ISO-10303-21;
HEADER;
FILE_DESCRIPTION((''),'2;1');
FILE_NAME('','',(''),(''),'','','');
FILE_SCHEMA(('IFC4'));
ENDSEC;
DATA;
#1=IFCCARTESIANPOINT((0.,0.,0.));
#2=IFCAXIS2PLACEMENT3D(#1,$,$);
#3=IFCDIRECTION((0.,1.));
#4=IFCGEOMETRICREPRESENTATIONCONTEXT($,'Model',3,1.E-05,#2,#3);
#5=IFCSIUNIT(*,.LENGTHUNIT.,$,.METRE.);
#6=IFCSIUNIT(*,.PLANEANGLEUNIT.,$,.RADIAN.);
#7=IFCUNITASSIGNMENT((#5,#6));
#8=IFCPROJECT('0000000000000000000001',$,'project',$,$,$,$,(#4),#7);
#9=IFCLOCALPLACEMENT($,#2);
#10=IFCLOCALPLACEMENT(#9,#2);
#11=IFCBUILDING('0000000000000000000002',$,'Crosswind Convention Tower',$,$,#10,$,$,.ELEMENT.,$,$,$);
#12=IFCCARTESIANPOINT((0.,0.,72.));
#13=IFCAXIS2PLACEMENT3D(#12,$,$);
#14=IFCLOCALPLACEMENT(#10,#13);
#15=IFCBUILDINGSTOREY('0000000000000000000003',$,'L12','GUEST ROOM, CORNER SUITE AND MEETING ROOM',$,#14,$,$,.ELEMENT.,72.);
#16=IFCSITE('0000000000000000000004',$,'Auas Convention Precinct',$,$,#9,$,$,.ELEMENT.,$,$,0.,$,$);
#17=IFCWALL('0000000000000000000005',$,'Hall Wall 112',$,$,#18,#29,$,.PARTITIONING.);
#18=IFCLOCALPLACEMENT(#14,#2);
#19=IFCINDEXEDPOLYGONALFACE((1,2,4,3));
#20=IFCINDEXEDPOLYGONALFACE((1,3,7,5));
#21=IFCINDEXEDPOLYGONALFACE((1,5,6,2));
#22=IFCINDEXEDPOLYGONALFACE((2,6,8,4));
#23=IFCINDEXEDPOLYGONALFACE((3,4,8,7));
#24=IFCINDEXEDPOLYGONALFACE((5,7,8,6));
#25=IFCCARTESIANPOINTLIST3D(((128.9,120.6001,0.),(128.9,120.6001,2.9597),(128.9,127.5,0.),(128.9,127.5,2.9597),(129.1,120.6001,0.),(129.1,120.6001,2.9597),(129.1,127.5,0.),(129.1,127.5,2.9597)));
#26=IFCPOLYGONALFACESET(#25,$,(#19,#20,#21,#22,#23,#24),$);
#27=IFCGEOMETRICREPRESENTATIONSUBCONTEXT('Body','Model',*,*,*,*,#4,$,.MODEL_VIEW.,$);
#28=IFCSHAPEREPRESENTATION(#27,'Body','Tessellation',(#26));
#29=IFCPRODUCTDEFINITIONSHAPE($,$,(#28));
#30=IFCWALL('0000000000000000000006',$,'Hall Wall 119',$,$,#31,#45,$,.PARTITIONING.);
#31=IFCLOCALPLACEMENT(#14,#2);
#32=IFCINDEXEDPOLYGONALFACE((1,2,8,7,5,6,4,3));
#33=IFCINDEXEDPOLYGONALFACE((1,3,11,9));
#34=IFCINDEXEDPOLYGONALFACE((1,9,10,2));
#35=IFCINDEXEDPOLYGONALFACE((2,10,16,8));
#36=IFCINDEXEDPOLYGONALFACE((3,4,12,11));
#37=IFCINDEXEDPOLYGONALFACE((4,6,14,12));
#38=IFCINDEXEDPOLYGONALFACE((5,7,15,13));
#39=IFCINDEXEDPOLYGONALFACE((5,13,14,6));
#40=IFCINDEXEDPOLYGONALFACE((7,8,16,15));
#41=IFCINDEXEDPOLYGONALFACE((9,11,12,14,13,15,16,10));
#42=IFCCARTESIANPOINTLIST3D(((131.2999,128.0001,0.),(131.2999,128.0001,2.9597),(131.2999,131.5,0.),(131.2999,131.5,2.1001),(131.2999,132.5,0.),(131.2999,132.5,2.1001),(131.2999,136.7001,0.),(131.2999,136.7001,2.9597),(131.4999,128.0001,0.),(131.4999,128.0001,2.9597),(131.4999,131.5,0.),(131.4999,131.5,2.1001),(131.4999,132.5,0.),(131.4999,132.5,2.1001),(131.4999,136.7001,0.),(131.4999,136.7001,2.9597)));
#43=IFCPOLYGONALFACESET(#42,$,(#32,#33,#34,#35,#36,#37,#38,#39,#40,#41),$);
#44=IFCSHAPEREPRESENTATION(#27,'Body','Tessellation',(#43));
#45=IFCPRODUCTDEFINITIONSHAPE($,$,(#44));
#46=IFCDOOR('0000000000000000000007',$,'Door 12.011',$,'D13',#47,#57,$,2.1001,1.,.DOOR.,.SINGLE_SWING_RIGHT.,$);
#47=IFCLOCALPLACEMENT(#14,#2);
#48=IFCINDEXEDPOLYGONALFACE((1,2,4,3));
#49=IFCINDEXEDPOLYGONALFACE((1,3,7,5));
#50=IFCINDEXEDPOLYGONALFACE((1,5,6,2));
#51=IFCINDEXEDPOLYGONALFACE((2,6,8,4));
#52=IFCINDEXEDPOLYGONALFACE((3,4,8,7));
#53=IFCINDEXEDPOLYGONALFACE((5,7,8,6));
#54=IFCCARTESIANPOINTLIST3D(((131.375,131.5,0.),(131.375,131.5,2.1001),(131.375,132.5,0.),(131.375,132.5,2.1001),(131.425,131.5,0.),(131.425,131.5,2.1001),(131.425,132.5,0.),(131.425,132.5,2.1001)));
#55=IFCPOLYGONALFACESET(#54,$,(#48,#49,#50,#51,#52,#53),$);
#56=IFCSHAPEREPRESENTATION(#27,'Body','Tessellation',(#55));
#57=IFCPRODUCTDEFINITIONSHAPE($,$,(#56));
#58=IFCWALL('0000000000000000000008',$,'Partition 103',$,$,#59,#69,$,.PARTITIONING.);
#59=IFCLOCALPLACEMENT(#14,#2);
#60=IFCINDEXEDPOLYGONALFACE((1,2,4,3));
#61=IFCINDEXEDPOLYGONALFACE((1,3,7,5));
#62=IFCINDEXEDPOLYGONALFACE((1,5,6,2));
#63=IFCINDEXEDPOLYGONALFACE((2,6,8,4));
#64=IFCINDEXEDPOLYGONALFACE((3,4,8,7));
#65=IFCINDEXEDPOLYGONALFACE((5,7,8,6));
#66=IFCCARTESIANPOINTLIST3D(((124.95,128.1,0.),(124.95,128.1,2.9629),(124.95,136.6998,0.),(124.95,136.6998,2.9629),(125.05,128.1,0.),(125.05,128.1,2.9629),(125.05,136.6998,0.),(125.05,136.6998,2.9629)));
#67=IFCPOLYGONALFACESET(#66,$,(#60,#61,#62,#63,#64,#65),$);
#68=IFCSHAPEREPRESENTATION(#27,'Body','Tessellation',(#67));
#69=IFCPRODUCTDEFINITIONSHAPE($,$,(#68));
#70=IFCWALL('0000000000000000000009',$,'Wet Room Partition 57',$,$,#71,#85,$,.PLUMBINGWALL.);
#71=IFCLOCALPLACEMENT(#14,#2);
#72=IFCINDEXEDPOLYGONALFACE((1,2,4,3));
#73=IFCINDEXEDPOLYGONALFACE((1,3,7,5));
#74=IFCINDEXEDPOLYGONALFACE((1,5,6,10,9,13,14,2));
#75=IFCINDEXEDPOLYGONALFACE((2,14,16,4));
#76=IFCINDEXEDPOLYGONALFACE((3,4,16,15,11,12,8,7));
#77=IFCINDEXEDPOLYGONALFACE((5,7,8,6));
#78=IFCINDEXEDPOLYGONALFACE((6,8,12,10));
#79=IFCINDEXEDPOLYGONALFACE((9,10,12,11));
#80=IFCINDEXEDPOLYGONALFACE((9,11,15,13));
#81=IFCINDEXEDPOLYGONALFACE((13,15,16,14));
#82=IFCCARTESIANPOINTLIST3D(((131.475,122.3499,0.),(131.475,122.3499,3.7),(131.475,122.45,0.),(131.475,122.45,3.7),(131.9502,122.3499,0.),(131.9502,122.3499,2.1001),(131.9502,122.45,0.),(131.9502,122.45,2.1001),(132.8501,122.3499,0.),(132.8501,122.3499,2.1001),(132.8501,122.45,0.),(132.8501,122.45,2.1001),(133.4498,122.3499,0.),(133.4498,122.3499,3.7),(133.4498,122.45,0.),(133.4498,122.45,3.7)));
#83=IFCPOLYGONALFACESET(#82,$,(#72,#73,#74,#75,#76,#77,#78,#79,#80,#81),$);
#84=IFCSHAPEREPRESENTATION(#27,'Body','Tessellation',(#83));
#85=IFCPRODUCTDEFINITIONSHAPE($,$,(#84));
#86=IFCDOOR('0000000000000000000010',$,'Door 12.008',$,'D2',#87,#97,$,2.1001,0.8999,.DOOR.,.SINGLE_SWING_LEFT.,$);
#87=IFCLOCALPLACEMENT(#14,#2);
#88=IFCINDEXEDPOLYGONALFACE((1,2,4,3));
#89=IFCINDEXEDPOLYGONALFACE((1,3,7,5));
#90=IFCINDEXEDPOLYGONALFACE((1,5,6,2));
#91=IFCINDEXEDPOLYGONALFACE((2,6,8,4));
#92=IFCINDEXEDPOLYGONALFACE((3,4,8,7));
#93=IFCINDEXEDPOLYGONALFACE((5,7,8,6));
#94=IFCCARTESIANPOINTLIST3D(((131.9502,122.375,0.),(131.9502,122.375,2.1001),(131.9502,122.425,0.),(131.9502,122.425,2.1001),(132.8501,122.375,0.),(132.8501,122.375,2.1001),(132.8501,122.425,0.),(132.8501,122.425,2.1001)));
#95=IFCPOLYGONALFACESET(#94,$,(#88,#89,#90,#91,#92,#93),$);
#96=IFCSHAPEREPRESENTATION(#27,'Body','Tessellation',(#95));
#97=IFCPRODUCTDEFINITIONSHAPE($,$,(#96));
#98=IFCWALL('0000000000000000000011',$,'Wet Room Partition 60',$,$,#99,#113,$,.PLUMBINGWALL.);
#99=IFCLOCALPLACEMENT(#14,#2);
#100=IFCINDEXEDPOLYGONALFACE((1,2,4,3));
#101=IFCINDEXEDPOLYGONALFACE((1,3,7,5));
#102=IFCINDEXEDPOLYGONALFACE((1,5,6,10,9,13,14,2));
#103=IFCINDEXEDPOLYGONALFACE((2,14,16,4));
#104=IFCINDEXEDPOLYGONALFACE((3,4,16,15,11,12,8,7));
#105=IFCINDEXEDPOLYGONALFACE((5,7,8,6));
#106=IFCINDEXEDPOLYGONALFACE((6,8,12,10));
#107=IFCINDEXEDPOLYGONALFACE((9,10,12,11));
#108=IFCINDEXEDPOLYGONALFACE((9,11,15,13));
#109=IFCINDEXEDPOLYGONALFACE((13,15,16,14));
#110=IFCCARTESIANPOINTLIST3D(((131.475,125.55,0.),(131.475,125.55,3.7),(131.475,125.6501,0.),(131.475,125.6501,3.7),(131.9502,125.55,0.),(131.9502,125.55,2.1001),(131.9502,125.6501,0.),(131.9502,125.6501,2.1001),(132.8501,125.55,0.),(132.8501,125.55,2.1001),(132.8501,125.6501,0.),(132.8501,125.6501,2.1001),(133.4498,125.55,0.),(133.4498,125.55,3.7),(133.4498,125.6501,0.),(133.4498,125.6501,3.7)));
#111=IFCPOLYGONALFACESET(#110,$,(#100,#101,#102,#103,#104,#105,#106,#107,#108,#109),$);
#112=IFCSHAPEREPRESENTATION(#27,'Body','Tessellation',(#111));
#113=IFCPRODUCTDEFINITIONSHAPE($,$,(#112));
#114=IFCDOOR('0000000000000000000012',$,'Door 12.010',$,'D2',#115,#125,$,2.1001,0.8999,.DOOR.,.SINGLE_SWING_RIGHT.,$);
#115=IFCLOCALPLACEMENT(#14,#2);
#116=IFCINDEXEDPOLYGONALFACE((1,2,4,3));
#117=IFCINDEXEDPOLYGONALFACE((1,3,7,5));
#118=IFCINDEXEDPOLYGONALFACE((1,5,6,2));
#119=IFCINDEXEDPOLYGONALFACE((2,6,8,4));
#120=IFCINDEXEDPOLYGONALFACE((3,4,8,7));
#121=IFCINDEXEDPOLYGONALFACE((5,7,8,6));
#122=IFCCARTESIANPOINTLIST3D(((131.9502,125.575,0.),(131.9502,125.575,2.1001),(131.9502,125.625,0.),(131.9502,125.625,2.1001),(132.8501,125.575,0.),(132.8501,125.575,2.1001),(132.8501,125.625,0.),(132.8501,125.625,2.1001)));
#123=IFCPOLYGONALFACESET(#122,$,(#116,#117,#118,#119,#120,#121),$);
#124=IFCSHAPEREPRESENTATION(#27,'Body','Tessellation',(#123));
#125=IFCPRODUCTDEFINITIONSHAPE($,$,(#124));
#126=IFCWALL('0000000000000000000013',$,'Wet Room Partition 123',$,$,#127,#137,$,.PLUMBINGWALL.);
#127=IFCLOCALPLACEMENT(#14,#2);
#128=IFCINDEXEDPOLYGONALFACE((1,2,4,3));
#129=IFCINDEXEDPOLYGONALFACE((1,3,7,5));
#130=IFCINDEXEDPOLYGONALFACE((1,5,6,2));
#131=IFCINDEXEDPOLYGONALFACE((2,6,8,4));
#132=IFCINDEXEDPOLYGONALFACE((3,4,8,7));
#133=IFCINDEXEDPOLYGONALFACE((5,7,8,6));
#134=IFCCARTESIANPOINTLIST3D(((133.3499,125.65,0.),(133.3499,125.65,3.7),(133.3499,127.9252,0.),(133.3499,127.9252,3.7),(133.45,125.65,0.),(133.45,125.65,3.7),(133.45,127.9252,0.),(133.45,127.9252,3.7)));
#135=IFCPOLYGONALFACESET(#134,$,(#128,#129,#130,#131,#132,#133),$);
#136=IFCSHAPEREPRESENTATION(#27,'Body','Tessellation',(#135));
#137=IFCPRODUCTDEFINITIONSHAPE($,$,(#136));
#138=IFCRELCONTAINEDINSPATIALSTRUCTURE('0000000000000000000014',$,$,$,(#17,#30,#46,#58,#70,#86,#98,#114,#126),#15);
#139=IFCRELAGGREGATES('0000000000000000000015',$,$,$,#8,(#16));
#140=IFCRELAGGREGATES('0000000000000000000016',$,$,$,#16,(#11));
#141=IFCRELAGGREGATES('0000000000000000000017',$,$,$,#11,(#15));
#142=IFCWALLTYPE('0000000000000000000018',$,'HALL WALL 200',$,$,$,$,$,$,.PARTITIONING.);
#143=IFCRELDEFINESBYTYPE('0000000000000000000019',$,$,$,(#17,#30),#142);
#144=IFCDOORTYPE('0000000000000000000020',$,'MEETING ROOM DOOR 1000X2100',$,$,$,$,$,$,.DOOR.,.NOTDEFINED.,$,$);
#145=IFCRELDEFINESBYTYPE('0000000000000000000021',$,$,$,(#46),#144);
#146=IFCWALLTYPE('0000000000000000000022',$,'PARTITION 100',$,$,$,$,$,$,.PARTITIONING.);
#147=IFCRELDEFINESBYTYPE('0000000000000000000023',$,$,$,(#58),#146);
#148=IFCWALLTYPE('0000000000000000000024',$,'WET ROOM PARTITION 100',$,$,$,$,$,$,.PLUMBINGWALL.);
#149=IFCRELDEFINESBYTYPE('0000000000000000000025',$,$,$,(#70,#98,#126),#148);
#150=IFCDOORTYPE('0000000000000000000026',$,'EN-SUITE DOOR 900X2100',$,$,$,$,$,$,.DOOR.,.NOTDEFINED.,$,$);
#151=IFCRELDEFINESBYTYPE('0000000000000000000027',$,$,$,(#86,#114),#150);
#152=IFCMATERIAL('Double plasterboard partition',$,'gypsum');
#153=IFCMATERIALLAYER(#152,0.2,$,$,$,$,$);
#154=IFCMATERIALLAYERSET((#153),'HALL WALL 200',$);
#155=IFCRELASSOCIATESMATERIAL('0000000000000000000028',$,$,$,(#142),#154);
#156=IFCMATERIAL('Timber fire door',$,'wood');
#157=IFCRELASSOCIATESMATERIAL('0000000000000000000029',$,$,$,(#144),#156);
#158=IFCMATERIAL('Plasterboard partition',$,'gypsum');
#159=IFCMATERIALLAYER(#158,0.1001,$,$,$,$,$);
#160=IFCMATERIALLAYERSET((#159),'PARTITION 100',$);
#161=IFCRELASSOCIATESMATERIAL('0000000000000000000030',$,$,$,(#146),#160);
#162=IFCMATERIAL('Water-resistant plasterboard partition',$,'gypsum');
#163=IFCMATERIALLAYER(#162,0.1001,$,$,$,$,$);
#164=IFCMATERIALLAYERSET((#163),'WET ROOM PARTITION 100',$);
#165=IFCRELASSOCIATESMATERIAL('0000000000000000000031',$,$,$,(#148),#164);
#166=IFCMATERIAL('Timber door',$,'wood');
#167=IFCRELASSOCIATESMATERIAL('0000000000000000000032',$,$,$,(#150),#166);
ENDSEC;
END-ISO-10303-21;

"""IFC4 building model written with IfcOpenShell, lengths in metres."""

from ifc_helpers import new_model, si_unit, direction, frame, frame_2d, origin, place, context, subcontext, project, spatial, rectangle, extrude, material, layer, layer_set, type_object, element, fill, save


model = new_model("IFC4")

# Units and contexts
model_context = context("Model", 3, precision=1e-05, world=origin(), true_north=direction((0.0, 1.0)))
body_context = subcontext(model_context, "Body", "Model", "MODEL_VIEW")
ifc_project = project(units=[si_unit("LENGTHUNIT", "METRE"), si_unit("PLANEANGLEUNIT", "RADIAN")], contexts=[model_context])

# Site, building, storey
site_placement = place(None, origin())
site = spatial("IfcSite", under=ifc_project, at=site_placement, Name="Auas Convention Precinct", CompositionType="ELEMENT", RefElevation=0.0)
building_placement = place(site_placement, origin())
building = spatial("IfcBuilding", under=site, at=building_placement, Name="Crosswind Convention Tower", CompositionType="ELEMENT")
storey_placement = place(building_placement, frame((0.0, 0.0, 72.0)))
storey = spatial("IfcBuildingStorey", under=building, at=storey_placement, Name="L12", Description="GUEST ROOM, CORNER SUITE AND MEETING ROOM", CompositionType="ELEMENT", Elevation=72.0)

# Wall
ifc_material_1 = material(Name="Double plasterboard partition", Category="gypsum")
ifc_layer_1 = layer(ifc_material_1, 0.2)
ifc_layer_set_1 = layer_set([ifc_layer_1], Name="HALL WALL 200")
wall_type_1 = type_object("IfcWallType", Name="HALL WALL 200", PredefinedType="PARTITIONING", material=ifc_layer_set_1)
wall_1_placement = place(storey_placement, frame((129.0, 120.6001, 0.0), z_axis=(0.0, 0.0, 1.0), x_axis=(0.0, 1.0, 0.0)))
element("IfcWall", 1, at=wall_1_placement, inside=storey, type_object=wall_type_1, Name="Hall Wall 112", PredefinedType="PARTITIONING", context=body_context, shape_type="SweptSolid", body=[
    extrude(rectangle(XDim=6.8999, YDim=0.2, at=frame_2d((3.45, 0.0))), origin(), (0.0, 0.0, 1.0), 2.9597),
])

# Wall, opening, door
wall_2_placement = place(storey_placement, frame((131.3999, 128.0, 0.0), z_axis=(0.0, 0.0, 1.0), x_axis=(0.0, 1.0, 0.0)))
wall_2 = element("IfcWall", 2, at=wall_2_placement, inside=storey, type_object=wall_type_1, Name="Hall Wall 119", PredefinedType="PARTITIONING", context=body_context, shape_type="SweptSolid", body=[
    extrude(rectangle(XDim=8.7, YDim=0.2, at=frame_2d((4.3501, 0.0))), origin(), (0.0, 0.0, 1.0), 2.9597),
])
opening_1_placement = place(wall_2_placement, frame((3.5, 0.0, 0.0)))
opening_1 = element("IfcOpeningElement", 3, at=opening_1_placement, cuts=wall_2, PredefinedType="OPENING", context=body_context, shape_type="SweptSolid", body=[
    extrude(rectangle(XDim=1.0, YDim=2.1001, at=frame_2d((0.5, 1.05))), frame((0.0, 0.1099, 0.0), z_axis=(0.0, -1.0, 0.0), x_axis=(1.0, 0.0, 0.0)), (0.0, 0.0, 1.0), 0.22),
])
ifc_material_2 = material(Name="Timber fire door", Category="wood")
door_type_1 = type_object("IfcDoorType", Name="MEETING ROOM DOOR 1000X2100", OperationType="NOTDEFINED", PredefinedType="DOOR", material=ifc_material_2)
door_1_placement = place(opening_1_placement, origin())
door_1 = element("IfcDoor", 4, at=door_1_placement, inside=storey, type_object=door_type_1, Name="Door 12.011", ObjectType="D13", OperationType="SINGLE_SWING_RIGHT", OverallHeight=2.1001, OverallWidth=1.0, PredefinedType="DOOR", context=body_context, shape_type="SweptSolid", body=[
    extrude(rectangle(XDim=1.0, YDim=2.1001, at=frame_2d((0.5, 1.05))), frame((0.0, 0.0249, 0.0), z_axis=(0.0, -1.0, 0.0), x_axis=(1.0, 0.0, 0.0)), (0.0, 0.0, 1.0), 0.05),
])
fill(opening_1, door_1)

# Wall
ifc_material_3 = material(Name="Plasterboard partition", Category="gypsum")
ifc_layer_2 = layer(ifc_material_3, 0.1001)
ifc_layer_set_2 = layer_set([ifc_layer_2], Name="PARTITION 100")
wall_type_2 = type_object("IfcWallType", Name="PARTITION 100", PredefinedType="PARTITIONING", material=ifc_layer_set_2)
wall_3_placement = place(storey_placement, frame((125.0, 128.1001, 0.0), z_axis=(0.0, 0.0, 1.0), x_axis=(0.0, 1.0, 0.0)))
element("IfcWall", 5, at=wall_3_placement, inside=storey, type_object=wall_type_2, Name="Partition 103", PredefinedType="PARTITIONING", context=body_context, shape_type="SweptSolid", body=[
    extrude(rectangle(XDim=8.5999, YDim=0.1001, at=frame_2d((4.2998, 0.0))), origin(), (0.0, 0.0, 1.0), 2.9629),
])

# Walls, openings, doors
ifc_material_4 = material(Name="Water-resistant plasterboard partition", Category="gypsum")
ifc_layer_3 = layer(ifc_material_4, 0.1001)
ifc_layer_set_3 = layer_set([ifc_layer_3], Name="WET ROOM PARTITION 100")
wall_type_3 = type_object("IfcWallType", Name="WET ROOM PARTITION 100", PredefinedType="PLUMBINGWALL", material=ifc_layer_set_3)
wall_4_placement = place(storey_placement, frame((131.4751, 122.3999, 0.0), z_axis=(0.0, 0.0, 1.0), x_axis=(1.0, 0.0, 0.0)))
wall_4 = element("IfcWall", 6, at=wall_4_placement, inside=storey, type_object=wall_type_3, Name="Wet Room Partition 57", PredefinedType="PLUMBINGWALL", context=body_context, shape_type="SweptSolid", body=[
    extrude(rectangle(XDim=1.9749, YDim=0.1001, at=frame_2d((0.9873, 0.0))), origin(), (0.0, 0.0, 1.0), 3.7),
])
opening_2_placement = place(wall_4_placement, frame((0.4751, 0.0, 0.0)))
opening_2 = element("IfcOpeningElement", 7, at=opening_2_placement, cuts=wall_4, PredefinedType="OPENING", context=body_context, shape_type="SweptSolid", body=[
    extrude(rectangle(XDim=0.8999, YDim=2.1001, at=frame_2d((0.45, 1.05))), frame((0.0, 0.0601, 0.0), z_axis=(0.0, -1.0, 0.0), x_axis=(1.0, 0.0, 0.0)), (0.0, 0.0, 1.0), 0.1201),
])
ifc_material_5 = material(Name="Timber door", Category="wood")
door_type_2 = type_object("IfcDoorType", Name="EN-SUITE DOOR 900X2100", OperationType="NOTDEFINED", PredefinedType="DOOR", material=ifc_material_5)
door_2_placement = place(opening_2_placement, frame((0.8999, 0.0, 0.0), z_axis=(0.0, 0.0, 1.0), x_axis=(-1.0, 0.0, 0.0)))
door_2 = element("IfcDoor", 8, at=door_2_placement, inside=storey, type_object=door_type_2, Name="Door 12.008", ObjectType="D2", OperationType="SINGLE_SWING_LEFT", OverallHeight=2.1001, OverallWidth=0.8999, PredefinedType="DOOR", context=body_context, shape_type="SweptSolid", body=[
    extrude(rectangle(XDim=0.8999, YDim=2.1001, at=frame_2d((0.45, 1.05))), frame((0.0, 0.0249, 0.0), z_axis=(0.0, -1.0, 0.0), x_axis=(1.0, 0.0, 0.0)), (0.0, 0.0, 1.0), 0.05),
])
fill(opening_2, door_2)
wall_5_placement = place(storey_placement, frame((131.4751, 125.6001, 0.0), z_axis=(0.0, 0.0, 1.0), x_axis=(1.0, 0.0, 0.0)))
wall_5 = element("IfcWall", 9, at=wall_5_placement, inside=storey, type_object=wall_type_3, Name="Wet Room Partition 60", PredefinedType="PLUMBINGWALL", context=body_context, shape_type="SweptSolid", body=[
    extrude(rectangle(XDim=1.9749, YDim=0.1001, at=frame_2d((0.9873, 0.0))), origin(), (0.0, 0.0, 1.0), 3.7),
])
opening_3_placement = place(wall_5_placement, frame((0.4751, 0.0, 0.0)))
opening_3 = element("IfcOpeningElement", 10, at=opening_3_placement, cuts=wall_5, PredefinedType="OPENING", context=body_context, shape_type="SweptSolid", body=[
    extrude(rectangle(XDim=0.8999, YDim=2.1001, at=frame_2d((0.45, 1.05))), frame((0.0, 0.0601, 0.0), z_axis=(0.0, -1.0, 0.0), x_axis=(1.0, 0.0, 0.0)), (0.0, 0.0, 1.0), 0.1201),
])
door_3_placement = place(opening_3_placement, origin())
door_3 = element("IfcDoor", 11, at=door_3_placement, inside=storey, type_object=door_type_2, Name="Door 12.010", ObjectType="D2", OperationType="SINGLE_SWING_RIGHT", OverallHeight=2.1001, OverallWidth=0.8999, PredefinedType="DOOR", context=body_context, shape_type="SweptSolid", body=[
    extrude(rectangle(XDim=0.8999, YDim=2.1001, at=frame_2d((0.45, 1.05))), frame((0.0, 0.0249, 0.0), z_axis=(0.0, -1.0, 0.0), x_axis=(1.0, 0.0, 0.0)), (0.0, 0.0, 1.0), 0.05),
])
fill(opening_3, door_3)

# Wall
wall_6_placement = place(storey_placement, frame((133.3999, 125.6499, 0.0), z_axis=(0.0, 0.0, 1.0), x_axis=(0.0, 1.0, 0.0)))
element("IfcWall", 12, at=wall_6_placement, inside=storey, type_object=wall_type_3, Name="Wet Room Partition 123", PredefinedType="PLUMBINGWALL", context=body_context, shape_type="SweptSolid", body=[
    extrude(rectangle(XDim=2.2751, YDim=0.1001, at=frame_2d((1.1377, 0.0))), origin(), (0.0, 0.0, 1.0), 3.7),
])

save(model, "model.ifc")
